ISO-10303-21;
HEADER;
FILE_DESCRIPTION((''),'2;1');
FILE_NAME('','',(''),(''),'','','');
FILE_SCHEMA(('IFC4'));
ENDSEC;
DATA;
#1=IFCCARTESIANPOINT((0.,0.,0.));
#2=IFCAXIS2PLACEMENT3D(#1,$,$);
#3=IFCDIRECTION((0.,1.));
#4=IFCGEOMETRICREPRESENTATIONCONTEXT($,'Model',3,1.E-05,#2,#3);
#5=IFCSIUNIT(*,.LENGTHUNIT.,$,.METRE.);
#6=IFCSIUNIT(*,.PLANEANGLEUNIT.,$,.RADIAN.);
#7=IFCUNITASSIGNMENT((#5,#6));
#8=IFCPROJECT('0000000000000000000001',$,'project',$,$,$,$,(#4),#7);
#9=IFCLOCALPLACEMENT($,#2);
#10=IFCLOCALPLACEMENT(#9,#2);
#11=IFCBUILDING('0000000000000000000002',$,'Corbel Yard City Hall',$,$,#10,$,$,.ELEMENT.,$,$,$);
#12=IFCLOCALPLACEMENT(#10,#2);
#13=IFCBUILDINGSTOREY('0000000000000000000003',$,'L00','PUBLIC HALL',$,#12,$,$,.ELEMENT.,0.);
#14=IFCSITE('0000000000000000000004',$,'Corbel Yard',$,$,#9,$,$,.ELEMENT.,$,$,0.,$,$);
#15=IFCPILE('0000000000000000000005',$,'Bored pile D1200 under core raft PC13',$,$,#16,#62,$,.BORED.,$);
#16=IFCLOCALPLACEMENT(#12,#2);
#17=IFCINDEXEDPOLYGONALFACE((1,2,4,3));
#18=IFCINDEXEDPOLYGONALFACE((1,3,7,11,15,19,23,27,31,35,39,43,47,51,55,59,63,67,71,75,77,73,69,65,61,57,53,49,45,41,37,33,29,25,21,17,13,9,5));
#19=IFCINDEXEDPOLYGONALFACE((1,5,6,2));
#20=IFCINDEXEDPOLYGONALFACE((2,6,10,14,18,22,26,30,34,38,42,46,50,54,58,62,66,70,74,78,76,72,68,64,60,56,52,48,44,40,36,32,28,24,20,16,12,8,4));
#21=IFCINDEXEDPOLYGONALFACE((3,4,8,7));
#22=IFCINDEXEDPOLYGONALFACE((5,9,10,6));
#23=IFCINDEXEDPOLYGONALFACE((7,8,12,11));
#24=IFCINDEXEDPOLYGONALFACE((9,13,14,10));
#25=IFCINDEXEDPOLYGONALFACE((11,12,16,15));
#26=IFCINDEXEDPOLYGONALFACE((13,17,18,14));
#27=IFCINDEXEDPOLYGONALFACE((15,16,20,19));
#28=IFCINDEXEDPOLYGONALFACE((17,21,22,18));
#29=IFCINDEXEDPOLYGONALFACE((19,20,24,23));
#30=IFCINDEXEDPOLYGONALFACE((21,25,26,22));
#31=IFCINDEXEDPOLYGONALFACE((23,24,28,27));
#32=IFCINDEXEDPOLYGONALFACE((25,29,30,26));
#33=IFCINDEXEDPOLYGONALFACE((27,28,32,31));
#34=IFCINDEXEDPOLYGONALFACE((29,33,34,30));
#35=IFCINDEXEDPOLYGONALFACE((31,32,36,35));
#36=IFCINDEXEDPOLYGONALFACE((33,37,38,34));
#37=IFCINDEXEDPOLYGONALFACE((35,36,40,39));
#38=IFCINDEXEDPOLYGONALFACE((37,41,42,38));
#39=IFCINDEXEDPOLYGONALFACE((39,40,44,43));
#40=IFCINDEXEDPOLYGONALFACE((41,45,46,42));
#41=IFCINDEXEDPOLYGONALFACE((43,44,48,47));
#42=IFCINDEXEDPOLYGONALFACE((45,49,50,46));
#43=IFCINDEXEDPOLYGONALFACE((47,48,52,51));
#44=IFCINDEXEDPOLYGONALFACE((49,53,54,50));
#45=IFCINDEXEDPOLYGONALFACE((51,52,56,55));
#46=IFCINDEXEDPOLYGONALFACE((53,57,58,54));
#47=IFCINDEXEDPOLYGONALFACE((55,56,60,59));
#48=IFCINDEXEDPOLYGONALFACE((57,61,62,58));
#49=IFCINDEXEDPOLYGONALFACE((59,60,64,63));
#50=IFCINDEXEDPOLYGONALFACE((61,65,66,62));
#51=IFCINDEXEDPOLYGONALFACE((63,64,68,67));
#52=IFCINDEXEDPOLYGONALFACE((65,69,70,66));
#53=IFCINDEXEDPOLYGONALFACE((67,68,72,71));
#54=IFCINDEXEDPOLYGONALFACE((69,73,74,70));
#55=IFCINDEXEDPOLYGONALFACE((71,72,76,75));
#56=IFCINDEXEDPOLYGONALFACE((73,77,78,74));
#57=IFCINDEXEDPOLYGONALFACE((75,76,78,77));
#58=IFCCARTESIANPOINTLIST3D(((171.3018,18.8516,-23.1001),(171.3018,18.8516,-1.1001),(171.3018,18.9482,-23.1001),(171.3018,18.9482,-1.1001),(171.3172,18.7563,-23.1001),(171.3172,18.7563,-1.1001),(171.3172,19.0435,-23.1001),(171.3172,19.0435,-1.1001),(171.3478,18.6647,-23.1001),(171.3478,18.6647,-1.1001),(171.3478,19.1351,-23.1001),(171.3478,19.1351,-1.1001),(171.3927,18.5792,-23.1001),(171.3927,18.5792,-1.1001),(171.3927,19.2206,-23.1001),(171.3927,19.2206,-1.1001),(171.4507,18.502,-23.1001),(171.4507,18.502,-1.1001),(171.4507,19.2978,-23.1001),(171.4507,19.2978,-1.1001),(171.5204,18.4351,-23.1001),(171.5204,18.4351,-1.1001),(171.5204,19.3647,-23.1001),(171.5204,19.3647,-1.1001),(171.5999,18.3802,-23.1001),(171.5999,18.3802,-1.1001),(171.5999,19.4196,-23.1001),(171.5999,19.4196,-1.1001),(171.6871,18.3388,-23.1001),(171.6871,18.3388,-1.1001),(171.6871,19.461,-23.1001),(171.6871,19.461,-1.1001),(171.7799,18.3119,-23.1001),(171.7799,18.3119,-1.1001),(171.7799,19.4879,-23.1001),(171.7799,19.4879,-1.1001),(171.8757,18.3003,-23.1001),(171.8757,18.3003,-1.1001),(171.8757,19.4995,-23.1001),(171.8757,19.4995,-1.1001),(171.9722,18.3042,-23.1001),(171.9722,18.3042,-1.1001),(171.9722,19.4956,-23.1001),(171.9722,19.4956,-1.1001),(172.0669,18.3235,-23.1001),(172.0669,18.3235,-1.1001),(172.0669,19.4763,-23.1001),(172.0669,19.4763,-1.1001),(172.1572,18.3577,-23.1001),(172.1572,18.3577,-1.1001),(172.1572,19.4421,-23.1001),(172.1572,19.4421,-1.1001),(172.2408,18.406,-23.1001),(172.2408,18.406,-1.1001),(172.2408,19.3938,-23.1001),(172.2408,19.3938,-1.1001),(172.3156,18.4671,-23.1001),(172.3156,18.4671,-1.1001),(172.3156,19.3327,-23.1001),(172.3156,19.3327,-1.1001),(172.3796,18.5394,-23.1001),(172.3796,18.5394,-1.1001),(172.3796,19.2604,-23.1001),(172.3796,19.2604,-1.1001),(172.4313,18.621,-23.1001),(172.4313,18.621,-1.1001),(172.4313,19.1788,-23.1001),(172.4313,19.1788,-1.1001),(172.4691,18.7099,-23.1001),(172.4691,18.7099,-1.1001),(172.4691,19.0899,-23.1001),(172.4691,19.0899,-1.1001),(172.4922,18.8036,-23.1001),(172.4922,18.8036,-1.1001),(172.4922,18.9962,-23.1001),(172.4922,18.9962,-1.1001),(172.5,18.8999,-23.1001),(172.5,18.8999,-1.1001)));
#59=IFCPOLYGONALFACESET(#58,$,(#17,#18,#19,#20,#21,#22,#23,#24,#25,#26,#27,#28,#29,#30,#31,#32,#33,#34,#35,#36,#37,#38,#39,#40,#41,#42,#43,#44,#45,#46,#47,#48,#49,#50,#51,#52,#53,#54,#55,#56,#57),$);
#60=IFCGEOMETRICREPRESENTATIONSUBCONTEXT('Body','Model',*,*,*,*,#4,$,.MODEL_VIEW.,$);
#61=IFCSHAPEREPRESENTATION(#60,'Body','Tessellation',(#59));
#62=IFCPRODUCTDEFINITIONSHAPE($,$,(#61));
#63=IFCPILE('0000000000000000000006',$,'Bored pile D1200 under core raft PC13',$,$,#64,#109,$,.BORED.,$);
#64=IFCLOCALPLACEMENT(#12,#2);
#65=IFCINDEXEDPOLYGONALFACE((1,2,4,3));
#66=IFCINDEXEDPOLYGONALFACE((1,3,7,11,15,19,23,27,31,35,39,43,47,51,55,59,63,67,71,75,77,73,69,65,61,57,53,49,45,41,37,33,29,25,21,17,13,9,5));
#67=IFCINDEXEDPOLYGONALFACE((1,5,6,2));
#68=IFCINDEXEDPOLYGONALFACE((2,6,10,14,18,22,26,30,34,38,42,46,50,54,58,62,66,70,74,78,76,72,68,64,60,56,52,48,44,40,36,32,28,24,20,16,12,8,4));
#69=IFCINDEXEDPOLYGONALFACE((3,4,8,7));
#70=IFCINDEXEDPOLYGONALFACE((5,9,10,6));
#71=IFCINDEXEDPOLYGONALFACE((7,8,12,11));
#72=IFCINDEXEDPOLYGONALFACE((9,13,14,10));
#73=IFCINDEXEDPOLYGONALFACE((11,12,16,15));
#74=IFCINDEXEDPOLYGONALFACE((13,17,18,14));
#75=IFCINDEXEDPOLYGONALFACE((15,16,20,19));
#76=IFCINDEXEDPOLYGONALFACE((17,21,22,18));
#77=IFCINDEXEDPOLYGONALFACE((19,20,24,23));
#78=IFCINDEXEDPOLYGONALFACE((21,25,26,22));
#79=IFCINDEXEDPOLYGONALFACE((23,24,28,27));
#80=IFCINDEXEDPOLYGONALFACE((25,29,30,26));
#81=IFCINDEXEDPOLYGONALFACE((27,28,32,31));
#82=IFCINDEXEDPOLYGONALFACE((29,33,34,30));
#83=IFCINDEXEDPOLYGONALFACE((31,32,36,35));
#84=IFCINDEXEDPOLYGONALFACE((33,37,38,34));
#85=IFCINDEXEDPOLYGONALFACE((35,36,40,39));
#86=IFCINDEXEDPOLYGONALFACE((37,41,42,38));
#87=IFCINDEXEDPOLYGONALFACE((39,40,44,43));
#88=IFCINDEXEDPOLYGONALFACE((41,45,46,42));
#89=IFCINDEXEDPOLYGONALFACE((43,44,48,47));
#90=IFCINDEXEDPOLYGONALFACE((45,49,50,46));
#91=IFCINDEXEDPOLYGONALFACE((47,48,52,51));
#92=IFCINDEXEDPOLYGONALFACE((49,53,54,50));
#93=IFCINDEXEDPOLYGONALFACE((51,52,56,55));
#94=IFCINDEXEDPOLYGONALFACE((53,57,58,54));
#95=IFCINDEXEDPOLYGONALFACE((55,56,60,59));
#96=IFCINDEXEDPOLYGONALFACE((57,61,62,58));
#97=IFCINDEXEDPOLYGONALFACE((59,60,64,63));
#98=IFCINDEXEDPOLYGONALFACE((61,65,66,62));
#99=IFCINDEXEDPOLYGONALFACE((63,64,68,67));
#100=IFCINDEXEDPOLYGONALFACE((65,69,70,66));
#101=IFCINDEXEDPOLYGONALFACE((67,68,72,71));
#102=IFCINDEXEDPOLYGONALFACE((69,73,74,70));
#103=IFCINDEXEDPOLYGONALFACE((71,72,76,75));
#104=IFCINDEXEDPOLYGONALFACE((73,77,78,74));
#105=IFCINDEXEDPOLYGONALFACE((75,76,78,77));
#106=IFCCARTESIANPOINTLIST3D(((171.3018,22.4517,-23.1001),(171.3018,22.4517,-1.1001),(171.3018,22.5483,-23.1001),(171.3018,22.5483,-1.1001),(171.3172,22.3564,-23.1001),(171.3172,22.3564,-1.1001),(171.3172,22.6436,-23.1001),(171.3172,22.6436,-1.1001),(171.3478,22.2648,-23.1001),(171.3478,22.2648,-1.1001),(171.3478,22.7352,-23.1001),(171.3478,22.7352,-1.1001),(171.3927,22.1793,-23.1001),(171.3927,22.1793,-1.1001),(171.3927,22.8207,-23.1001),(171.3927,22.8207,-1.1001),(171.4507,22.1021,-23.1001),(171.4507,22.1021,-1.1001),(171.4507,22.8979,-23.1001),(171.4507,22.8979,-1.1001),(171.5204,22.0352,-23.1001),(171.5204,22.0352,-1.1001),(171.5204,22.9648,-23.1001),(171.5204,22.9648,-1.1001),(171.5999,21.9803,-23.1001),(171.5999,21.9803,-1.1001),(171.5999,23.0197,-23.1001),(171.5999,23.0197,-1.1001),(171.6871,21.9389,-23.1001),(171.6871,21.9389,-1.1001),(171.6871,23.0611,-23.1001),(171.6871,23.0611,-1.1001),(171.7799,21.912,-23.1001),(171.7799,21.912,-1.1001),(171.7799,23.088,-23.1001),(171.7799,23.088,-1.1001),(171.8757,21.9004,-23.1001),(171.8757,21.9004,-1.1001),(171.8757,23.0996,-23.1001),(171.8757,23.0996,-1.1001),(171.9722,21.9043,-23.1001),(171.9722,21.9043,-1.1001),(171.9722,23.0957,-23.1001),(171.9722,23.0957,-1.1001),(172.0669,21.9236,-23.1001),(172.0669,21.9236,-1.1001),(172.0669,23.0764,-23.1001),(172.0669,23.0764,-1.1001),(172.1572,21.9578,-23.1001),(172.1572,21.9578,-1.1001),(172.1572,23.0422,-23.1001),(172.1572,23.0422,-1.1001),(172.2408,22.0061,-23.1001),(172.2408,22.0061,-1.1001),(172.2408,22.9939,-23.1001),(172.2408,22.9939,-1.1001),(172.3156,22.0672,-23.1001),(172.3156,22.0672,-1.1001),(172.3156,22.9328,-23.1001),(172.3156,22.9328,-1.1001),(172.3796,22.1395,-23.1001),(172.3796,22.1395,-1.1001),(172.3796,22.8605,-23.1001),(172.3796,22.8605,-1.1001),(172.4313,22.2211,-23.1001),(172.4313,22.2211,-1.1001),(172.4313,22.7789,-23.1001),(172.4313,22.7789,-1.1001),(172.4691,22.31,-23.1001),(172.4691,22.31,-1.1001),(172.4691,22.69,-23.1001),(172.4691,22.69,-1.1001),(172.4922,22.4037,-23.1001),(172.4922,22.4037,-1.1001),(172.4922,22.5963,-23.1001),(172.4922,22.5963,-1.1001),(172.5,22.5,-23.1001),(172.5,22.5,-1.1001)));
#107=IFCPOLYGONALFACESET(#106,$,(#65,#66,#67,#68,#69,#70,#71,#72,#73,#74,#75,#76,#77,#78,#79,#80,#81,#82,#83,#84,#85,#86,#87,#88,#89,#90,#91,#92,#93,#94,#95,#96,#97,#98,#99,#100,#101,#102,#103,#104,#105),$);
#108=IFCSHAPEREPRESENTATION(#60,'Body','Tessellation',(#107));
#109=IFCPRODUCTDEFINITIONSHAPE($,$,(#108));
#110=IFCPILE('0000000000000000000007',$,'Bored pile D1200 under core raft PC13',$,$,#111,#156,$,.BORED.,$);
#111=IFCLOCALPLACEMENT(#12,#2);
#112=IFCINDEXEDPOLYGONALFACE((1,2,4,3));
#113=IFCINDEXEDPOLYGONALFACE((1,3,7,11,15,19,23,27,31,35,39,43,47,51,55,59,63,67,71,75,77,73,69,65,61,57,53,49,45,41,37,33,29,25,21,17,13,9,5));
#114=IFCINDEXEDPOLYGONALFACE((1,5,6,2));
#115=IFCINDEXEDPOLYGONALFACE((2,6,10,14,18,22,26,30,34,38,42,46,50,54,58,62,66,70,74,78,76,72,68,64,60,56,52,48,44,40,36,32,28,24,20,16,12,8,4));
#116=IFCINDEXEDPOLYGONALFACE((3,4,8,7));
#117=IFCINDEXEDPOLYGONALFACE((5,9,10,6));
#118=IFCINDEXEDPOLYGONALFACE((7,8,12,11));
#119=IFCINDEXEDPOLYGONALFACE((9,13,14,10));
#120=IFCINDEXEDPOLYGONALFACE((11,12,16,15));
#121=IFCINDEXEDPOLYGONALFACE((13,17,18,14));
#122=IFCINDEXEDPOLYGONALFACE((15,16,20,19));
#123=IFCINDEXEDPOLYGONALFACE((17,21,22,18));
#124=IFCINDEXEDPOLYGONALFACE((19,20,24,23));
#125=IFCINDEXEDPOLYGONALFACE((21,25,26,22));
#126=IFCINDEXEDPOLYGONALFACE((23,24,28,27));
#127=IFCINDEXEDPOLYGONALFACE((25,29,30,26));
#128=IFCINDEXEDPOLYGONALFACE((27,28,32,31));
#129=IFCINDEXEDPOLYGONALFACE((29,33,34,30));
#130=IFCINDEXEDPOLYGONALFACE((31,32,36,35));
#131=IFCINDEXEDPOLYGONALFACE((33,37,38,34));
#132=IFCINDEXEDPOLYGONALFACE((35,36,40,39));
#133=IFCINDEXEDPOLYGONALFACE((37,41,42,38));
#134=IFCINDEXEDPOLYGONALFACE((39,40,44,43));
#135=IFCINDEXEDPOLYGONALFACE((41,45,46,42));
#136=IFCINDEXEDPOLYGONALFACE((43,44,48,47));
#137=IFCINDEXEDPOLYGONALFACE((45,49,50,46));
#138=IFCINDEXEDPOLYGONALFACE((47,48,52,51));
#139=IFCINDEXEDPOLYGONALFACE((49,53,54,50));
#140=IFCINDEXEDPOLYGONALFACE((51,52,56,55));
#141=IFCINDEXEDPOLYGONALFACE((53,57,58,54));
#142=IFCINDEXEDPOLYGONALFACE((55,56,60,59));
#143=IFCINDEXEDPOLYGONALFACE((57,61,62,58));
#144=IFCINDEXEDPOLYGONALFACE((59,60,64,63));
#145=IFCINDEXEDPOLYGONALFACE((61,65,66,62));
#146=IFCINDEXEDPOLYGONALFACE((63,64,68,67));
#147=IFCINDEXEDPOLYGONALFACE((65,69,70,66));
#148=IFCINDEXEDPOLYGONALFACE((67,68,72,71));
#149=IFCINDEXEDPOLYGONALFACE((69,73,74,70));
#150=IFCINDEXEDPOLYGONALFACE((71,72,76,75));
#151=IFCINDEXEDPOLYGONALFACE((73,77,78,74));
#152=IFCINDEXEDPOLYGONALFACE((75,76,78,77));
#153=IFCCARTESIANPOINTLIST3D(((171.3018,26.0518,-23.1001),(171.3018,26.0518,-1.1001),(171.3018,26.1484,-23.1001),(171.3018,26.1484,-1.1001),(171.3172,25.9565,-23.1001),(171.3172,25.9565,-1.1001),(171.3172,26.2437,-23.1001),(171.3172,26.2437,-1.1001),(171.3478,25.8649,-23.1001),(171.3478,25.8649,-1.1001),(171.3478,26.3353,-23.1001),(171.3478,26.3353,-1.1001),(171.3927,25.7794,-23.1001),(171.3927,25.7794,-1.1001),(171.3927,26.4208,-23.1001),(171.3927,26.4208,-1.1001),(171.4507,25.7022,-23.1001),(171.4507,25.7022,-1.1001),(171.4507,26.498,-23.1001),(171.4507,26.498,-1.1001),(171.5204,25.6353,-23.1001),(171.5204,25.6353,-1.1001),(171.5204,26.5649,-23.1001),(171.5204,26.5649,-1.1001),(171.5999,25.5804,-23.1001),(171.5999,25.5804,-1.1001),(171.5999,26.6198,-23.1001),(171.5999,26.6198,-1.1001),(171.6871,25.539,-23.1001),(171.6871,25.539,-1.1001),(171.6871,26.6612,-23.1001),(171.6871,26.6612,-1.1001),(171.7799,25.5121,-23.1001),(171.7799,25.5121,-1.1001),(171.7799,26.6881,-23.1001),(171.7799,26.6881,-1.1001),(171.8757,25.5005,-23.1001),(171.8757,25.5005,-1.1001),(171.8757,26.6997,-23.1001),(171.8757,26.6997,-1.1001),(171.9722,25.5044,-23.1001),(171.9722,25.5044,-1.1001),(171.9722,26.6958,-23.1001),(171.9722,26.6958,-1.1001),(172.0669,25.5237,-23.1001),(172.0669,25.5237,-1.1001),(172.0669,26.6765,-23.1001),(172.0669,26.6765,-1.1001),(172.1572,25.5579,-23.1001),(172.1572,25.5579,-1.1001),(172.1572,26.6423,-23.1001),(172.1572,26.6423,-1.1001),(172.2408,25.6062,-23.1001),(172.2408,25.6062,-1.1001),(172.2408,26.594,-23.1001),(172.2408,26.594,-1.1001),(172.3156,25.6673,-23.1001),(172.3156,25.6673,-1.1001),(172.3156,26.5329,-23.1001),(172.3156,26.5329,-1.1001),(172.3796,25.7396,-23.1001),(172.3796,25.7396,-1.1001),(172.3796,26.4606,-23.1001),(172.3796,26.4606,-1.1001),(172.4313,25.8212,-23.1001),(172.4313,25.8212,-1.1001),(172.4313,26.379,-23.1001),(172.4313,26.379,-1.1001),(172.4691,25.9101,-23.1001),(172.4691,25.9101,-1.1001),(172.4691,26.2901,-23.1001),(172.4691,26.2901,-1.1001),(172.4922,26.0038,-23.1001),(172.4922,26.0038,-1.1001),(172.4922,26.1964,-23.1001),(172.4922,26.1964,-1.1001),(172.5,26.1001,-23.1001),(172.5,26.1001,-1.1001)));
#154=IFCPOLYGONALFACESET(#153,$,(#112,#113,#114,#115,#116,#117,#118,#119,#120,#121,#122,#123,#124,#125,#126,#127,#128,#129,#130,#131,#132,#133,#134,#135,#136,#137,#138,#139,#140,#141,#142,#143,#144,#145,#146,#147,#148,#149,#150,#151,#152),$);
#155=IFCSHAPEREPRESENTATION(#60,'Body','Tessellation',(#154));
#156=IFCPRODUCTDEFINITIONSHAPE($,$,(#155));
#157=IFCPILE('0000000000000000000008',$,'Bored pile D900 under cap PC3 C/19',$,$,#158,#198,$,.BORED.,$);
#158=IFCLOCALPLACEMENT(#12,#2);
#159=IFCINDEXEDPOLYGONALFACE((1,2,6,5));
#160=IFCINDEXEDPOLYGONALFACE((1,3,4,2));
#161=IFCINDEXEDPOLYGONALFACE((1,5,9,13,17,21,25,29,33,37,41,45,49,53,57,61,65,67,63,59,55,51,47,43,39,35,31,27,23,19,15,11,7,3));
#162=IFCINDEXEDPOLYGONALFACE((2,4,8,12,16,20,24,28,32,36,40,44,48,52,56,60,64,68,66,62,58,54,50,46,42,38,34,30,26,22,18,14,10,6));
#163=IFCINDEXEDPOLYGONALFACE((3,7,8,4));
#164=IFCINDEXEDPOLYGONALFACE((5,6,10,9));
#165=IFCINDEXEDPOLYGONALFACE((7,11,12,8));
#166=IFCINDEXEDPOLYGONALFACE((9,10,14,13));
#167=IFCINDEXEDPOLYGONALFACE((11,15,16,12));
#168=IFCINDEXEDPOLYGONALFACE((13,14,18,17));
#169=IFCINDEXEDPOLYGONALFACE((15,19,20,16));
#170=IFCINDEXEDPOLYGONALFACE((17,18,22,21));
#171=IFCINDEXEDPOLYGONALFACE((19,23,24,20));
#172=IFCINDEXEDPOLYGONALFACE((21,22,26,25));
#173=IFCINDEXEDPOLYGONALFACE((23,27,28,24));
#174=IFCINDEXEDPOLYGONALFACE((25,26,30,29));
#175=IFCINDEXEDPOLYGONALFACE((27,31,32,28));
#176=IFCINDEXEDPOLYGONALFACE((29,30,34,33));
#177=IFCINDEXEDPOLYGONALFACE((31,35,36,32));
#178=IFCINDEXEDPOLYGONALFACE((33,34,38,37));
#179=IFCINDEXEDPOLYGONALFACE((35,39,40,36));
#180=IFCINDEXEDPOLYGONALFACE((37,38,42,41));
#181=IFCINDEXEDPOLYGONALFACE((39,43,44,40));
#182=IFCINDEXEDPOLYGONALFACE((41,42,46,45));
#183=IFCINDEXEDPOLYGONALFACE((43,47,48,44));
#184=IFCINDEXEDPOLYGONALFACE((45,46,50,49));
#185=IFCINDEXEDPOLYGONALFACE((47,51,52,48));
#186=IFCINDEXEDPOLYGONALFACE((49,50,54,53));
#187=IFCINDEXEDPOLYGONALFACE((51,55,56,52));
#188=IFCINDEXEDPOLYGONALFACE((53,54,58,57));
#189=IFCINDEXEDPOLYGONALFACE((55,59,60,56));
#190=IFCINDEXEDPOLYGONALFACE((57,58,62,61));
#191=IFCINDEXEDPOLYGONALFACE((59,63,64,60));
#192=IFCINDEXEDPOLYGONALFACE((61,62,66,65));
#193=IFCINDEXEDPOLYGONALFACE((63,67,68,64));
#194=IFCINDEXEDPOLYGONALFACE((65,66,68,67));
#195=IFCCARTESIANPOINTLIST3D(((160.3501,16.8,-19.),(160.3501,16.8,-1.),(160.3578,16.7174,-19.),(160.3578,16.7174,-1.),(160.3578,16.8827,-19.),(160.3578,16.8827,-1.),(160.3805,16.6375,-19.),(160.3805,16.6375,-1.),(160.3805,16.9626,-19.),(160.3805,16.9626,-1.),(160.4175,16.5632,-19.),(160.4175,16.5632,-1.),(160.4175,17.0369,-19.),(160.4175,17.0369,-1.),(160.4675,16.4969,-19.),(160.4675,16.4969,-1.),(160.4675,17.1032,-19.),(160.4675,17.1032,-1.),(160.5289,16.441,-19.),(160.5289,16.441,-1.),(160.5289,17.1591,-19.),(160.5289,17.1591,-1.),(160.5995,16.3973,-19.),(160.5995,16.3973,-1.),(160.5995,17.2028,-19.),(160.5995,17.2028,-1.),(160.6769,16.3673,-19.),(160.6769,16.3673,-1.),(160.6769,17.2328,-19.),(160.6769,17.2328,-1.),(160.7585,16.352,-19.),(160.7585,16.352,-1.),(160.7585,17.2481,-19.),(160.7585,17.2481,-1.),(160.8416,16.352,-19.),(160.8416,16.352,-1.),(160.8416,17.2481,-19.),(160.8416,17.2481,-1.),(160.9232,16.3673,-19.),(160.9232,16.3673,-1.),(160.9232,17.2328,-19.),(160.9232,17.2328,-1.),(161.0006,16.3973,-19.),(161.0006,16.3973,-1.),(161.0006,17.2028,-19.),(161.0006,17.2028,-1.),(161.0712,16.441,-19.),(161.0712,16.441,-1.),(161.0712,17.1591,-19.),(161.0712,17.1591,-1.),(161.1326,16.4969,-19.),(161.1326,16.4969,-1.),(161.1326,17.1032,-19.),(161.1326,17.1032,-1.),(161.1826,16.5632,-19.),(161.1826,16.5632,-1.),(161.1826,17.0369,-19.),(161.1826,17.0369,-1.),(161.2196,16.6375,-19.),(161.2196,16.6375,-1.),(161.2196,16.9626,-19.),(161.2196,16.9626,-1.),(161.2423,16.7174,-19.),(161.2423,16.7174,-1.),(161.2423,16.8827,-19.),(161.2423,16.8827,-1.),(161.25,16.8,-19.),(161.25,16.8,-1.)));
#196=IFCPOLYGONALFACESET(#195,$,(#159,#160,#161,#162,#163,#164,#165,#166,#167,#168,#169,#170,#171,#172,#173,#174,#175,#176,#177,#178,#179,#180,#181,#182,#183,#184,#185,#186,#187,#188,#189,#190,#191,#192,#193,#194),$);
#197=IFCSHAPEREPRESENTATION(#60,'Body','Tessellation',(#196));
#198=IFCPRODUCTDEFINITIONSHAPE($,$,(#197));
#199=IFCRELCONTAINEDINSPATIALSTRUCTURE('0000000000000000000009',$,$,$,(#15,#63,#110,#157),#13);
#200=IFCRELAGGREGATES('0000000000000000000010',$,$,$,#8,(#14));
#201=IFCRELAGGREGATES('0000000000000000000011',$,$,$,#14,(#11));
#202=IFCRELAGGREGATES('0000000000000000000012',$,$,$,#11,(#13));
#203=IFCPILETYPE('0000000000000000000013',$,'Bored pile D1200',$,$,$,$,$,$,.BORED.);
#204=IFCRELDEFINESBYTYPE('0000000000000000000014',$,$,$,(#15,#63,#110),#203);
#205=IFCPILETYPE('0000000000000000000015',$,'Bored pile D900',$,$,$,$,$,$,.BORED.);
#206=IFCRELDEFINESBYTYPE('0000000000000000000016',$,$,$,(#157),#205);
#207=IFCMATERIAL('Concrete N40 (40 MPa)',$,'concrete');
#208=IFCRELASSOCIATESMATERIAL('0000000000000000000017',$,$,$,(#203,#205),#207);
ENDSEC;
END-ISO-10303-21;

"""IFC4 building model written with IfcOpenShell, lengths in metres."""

from ifc_helpers import new_model, si_unit, direction, frame, origin, origin_2d, place, context, subcontext, project, spatial, circle, extrude, material, material_profile, profile_set, type_object, element, save


model = new_model("IFC4")

# Units and contexts
model_context = context("Model", 3, precision=1e-05, world=origin(), true_north=direction((0.0, 1.0)))
body_context = subcontext(model_context, "Body", "Model", "MODEL_VIEW")
ifc_project = project(units=[si_unit("LENGTHUNIT", "METRE"), si_unit("PLANEANGLEUNIT", "RADIAN")], contexts=[model_context])

# Site, building, storey
site_placement = place(None, origin())
site = spatial("IfcSite", under=ifc_project, at=site_placement, Name="Corbel Yard", CompositionType="ELEMENT", RefElevation=0.0)
building_placement = place(site_placement, origin())
building = spatial("IfcBuilding", under=site, at=building_placement, Name="Corbel Yard City Hall", CompositionType="ELEMENT")
storey_placement = place(building_placement, origin())
storey = spatial("IfcBuildingStorey", under=building, at=storey_placement, Name="L00", Description="PUBLIC HALL", CompositionType="ELEMENT", Elevation=0.0)

# Piles
ifc_material_1 = material(Name="Concrete N40 (40 MPa)", Category="concrete")
ifc_material_profile_1 = material_profile(ifc_material_1, circle(Radius=0.6001, at=origin_2d()), Name="D1200")
ifc_profile_set_1 = profile_set([ifc_material_profile_1], Name="Concrete N40 (40 MPa)")
pile_type_1 = type_object("IfcPileType", Name="Bored pile D1200", PredefinedType="BORED", material=ifc_profile_set_1)
for number, where, z_axis, x_axis, name in (
    (1, (171.8999, 18.8999, -1.1001), (0.0, 0.0, -1.0), (1.0, 0.0, 0.0), "Bored pile D1200 under core raft PC13"),
    (2, (171.8999, 22.5, -1.1001), (0.0, 0.0, -1.0), (1.0, 0.0, 0.0), "Bored pile D1200 under core raft PC13"),
    (3, (171.8999, 26.1001, -1.1001), (0.0, 0.0, -1.0), (1.0, 0.0, 0.0), "Bored pile D1200 under core raft PC13"),
):
    element("IfcPile", number, at=place(storey_placement, frame(where, z_axis=z_axis, x_axis=x_axis)), inside=storey, type_object=pile_type_1, Name=name, PredefinedType="BORED", context=body_context, shape_type="SweptSolid", body=[
        extrude(circle(Radius=0.6001, at=origin_2d()), origin(), (0.0, 0.0, 1.0), 22.0),
    ])
ifc_material_profile_2 = material_profile(ifc_material_1, circle(Radius=0.45, at=origin_2d()), Name="D900")
ifc_profile_set_2 = profile_set([ifc_material_profile_2], Name="Concrete N40 (40 MPa)")
pile_type_2 = type_object("IfcPileType", Name="Bored pile D900", PredefinedType="BORED", material=ifc_profile_set_2)
for number, where, z_axis, x_axis, name in (
    (4, (160.8, 16.8, -1.0), (0.0, 0.0, -1.0), (1.0, 0.0, 0.0), "Bored pile D900 under cap PC3 C/19"),
):
    element("IfcPile", number, at=place(storey_placement, frame(where, z_axis=z_axis, x_axis=x_axis)), inside=storey, type_object=pile_type_2, Name=name, PredefinedType="BORED", context=body_context, shape_type="SweptSolid", body=[
        extrude(circle(Radius=0.45, at=origin_2d()), origin(), (0.0, 0.0, 1.0), 18.0),
    ])

save(model, "model.ifc")
